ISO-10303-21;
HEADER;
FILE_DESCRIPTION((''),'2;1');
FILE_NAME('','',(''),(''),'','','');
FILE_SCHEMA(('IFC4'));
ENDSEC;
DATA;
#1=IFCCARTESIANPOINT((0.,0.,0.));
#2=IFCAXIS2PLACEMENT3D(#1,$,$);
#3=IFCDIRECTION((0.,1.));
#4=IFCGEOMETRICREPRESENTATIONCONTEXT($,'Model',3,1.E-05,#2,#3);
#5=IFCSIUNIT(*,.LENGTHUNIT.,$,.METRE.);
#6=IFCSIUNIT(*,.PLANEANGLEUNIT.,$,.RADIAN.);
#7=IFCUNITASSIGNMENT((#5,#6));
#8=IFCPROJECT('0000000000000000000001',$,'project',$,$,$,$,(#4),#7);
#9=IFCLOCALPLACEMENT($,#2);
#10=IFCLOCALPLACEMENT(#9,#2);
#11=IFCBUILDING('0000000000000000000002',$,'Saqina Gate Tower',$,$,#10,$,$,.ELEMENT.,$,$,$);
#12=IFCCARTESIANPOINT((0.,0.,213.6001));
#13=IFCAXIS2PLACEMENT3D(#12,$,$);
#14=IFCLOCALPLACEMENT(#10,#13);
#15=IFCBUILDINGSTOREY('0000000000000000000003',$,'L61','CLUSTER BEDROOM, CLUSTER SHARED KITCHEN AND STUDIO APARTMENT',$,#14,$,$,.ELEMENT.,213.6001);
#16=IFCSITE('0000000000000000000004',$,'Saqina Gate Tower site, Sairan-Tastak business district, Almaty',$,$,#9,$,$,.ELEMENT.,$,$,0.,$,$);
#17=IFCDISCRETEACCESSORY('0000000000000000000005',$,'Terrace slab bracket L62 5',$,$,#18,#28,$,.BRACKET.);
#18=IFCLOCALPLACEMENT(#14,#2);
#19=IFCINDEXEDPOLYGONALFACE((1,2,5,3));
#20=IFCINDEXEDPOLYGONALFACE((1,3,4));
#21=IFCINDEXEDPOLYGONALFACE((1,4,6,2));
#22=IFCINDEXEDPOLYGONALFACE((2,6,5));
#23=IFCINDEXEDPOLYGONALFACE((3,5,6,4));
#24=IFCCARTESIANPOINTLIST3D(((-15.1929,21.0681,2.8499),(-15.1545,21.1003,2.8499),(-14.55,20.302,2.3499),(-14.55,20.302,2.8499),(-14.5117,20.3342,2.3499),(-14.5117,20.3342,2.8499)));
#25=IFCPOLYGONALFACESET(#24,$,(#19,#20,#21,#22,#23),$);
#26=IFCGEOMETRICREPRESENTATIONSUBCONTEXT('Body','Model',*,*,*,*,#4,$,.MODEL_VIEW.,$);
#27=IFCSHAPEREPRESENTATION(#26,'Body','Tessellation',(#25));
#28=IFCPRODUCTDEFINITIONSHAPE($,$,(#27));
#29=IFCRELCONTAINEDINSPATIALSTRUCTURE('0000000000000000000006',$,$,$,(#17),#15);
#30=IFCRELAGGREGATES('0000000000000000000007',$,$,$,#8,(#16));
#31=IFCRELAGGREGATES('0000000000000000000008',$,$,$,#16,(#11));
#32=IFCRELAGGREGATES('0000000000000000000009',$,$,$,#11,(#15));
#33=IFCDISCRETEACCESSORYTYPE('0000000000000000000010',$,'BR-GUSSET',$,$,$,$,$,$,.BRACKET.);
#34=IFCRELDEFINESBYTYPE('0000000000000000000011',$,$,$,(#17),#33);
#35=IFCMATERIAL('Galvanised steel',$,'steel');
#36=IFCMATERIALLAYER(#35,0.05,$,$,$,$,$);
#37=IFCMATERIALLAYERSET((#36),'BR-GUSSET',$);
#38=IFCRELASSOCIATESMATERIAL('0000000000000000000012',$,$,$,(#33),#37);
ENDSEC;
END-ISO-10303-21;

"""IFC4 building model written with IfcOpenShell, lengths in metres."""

from ifc_helpers import new_model, si_unit, direction, frame, origin, place, context, subcontext, project, spatial, polyline, outline, extrude, material, layer, layer_set, type_object, element, save


model = new_model("IFC4")

# Units and contexts
model_context = context("Model", 3, precision=1e-05, world=origin(), true_north=direction((0.0, 1.0)))
body_context = subcontext(model_context, "Body", "Model", "MODEL_VIEW")
ifc_project = project(units=[si_unit("LENGTHUNIT", "METRE"), si_unit("PLANEANGLEUNIT", "RADIAN")], contexts=[model_context])

# Site, building, storey
site_placement = place(None, origin())
site = spatial("IfcSite", under=ifc_project, at=site_placement, Name="Saqina Gate Tower site, Sairan-Tastak business district, Almaty", CompositionType="ELEMENT", RefElevation=0.0)
building_placement = place(site_placement, origin())
building = spatial("IfcBuilding", under=site, at=building_placement, Name="Saqina Gate Tower", CompositionType="ELEMENT")
storey_placement = place(building_placement, frame((0.0, 0.0, 213.6001)))
storey = spatial("IfcBuildingStorey", under=building, at=storey_placement, Name="L61", Description="CLUSTER BEDROOM, CLUSTER SHARED KITCHEN AND STUDIO APARTMENT", CompositionType="ELEMENT", Elevation=213.6001)

# Discrete accessory
ifc_material_1 = material(Name="Galvanised steel", Category="steel")
ifc_layer_1 = layer(ifc_material_1, 0.05)
ifc_layer_set_1 = layer_set([ifc_layer_1], Name="BR-GUSSET")
discrete_accessory_type_1 = type_object("IfcDiscreteAccessoryType", Name="BR-GUSSET", PredefinedType="BRACKET", material=ifc_layer_set_1)
discrete_accessory_1_placement = place(storey_placement, frame((-14.55, 20.302, 2.3499), z_axis=(-0.766056, -0.642774, 0.0), x_axis=(0.0, 0.0, 1.0)))
element("IfcDiscreteAccessory", 1, at=discrete_accessory_1_placement, inside=storey, type_object=discrete_accessory_type_1, Name="Terrace slab bracket L62 5", PredefinedType="BRACKET", context=body_context, shape_type="SweptSolid", body=[
    extrude(outline(polyline([(0.0, 0.0), (0.5, 0.0), (0.5, 1.0001), (0.0, 0.0)])), origin(), (0.0, 0.0, -1.0), 0.05),
])

save(model, "model.ifc")
